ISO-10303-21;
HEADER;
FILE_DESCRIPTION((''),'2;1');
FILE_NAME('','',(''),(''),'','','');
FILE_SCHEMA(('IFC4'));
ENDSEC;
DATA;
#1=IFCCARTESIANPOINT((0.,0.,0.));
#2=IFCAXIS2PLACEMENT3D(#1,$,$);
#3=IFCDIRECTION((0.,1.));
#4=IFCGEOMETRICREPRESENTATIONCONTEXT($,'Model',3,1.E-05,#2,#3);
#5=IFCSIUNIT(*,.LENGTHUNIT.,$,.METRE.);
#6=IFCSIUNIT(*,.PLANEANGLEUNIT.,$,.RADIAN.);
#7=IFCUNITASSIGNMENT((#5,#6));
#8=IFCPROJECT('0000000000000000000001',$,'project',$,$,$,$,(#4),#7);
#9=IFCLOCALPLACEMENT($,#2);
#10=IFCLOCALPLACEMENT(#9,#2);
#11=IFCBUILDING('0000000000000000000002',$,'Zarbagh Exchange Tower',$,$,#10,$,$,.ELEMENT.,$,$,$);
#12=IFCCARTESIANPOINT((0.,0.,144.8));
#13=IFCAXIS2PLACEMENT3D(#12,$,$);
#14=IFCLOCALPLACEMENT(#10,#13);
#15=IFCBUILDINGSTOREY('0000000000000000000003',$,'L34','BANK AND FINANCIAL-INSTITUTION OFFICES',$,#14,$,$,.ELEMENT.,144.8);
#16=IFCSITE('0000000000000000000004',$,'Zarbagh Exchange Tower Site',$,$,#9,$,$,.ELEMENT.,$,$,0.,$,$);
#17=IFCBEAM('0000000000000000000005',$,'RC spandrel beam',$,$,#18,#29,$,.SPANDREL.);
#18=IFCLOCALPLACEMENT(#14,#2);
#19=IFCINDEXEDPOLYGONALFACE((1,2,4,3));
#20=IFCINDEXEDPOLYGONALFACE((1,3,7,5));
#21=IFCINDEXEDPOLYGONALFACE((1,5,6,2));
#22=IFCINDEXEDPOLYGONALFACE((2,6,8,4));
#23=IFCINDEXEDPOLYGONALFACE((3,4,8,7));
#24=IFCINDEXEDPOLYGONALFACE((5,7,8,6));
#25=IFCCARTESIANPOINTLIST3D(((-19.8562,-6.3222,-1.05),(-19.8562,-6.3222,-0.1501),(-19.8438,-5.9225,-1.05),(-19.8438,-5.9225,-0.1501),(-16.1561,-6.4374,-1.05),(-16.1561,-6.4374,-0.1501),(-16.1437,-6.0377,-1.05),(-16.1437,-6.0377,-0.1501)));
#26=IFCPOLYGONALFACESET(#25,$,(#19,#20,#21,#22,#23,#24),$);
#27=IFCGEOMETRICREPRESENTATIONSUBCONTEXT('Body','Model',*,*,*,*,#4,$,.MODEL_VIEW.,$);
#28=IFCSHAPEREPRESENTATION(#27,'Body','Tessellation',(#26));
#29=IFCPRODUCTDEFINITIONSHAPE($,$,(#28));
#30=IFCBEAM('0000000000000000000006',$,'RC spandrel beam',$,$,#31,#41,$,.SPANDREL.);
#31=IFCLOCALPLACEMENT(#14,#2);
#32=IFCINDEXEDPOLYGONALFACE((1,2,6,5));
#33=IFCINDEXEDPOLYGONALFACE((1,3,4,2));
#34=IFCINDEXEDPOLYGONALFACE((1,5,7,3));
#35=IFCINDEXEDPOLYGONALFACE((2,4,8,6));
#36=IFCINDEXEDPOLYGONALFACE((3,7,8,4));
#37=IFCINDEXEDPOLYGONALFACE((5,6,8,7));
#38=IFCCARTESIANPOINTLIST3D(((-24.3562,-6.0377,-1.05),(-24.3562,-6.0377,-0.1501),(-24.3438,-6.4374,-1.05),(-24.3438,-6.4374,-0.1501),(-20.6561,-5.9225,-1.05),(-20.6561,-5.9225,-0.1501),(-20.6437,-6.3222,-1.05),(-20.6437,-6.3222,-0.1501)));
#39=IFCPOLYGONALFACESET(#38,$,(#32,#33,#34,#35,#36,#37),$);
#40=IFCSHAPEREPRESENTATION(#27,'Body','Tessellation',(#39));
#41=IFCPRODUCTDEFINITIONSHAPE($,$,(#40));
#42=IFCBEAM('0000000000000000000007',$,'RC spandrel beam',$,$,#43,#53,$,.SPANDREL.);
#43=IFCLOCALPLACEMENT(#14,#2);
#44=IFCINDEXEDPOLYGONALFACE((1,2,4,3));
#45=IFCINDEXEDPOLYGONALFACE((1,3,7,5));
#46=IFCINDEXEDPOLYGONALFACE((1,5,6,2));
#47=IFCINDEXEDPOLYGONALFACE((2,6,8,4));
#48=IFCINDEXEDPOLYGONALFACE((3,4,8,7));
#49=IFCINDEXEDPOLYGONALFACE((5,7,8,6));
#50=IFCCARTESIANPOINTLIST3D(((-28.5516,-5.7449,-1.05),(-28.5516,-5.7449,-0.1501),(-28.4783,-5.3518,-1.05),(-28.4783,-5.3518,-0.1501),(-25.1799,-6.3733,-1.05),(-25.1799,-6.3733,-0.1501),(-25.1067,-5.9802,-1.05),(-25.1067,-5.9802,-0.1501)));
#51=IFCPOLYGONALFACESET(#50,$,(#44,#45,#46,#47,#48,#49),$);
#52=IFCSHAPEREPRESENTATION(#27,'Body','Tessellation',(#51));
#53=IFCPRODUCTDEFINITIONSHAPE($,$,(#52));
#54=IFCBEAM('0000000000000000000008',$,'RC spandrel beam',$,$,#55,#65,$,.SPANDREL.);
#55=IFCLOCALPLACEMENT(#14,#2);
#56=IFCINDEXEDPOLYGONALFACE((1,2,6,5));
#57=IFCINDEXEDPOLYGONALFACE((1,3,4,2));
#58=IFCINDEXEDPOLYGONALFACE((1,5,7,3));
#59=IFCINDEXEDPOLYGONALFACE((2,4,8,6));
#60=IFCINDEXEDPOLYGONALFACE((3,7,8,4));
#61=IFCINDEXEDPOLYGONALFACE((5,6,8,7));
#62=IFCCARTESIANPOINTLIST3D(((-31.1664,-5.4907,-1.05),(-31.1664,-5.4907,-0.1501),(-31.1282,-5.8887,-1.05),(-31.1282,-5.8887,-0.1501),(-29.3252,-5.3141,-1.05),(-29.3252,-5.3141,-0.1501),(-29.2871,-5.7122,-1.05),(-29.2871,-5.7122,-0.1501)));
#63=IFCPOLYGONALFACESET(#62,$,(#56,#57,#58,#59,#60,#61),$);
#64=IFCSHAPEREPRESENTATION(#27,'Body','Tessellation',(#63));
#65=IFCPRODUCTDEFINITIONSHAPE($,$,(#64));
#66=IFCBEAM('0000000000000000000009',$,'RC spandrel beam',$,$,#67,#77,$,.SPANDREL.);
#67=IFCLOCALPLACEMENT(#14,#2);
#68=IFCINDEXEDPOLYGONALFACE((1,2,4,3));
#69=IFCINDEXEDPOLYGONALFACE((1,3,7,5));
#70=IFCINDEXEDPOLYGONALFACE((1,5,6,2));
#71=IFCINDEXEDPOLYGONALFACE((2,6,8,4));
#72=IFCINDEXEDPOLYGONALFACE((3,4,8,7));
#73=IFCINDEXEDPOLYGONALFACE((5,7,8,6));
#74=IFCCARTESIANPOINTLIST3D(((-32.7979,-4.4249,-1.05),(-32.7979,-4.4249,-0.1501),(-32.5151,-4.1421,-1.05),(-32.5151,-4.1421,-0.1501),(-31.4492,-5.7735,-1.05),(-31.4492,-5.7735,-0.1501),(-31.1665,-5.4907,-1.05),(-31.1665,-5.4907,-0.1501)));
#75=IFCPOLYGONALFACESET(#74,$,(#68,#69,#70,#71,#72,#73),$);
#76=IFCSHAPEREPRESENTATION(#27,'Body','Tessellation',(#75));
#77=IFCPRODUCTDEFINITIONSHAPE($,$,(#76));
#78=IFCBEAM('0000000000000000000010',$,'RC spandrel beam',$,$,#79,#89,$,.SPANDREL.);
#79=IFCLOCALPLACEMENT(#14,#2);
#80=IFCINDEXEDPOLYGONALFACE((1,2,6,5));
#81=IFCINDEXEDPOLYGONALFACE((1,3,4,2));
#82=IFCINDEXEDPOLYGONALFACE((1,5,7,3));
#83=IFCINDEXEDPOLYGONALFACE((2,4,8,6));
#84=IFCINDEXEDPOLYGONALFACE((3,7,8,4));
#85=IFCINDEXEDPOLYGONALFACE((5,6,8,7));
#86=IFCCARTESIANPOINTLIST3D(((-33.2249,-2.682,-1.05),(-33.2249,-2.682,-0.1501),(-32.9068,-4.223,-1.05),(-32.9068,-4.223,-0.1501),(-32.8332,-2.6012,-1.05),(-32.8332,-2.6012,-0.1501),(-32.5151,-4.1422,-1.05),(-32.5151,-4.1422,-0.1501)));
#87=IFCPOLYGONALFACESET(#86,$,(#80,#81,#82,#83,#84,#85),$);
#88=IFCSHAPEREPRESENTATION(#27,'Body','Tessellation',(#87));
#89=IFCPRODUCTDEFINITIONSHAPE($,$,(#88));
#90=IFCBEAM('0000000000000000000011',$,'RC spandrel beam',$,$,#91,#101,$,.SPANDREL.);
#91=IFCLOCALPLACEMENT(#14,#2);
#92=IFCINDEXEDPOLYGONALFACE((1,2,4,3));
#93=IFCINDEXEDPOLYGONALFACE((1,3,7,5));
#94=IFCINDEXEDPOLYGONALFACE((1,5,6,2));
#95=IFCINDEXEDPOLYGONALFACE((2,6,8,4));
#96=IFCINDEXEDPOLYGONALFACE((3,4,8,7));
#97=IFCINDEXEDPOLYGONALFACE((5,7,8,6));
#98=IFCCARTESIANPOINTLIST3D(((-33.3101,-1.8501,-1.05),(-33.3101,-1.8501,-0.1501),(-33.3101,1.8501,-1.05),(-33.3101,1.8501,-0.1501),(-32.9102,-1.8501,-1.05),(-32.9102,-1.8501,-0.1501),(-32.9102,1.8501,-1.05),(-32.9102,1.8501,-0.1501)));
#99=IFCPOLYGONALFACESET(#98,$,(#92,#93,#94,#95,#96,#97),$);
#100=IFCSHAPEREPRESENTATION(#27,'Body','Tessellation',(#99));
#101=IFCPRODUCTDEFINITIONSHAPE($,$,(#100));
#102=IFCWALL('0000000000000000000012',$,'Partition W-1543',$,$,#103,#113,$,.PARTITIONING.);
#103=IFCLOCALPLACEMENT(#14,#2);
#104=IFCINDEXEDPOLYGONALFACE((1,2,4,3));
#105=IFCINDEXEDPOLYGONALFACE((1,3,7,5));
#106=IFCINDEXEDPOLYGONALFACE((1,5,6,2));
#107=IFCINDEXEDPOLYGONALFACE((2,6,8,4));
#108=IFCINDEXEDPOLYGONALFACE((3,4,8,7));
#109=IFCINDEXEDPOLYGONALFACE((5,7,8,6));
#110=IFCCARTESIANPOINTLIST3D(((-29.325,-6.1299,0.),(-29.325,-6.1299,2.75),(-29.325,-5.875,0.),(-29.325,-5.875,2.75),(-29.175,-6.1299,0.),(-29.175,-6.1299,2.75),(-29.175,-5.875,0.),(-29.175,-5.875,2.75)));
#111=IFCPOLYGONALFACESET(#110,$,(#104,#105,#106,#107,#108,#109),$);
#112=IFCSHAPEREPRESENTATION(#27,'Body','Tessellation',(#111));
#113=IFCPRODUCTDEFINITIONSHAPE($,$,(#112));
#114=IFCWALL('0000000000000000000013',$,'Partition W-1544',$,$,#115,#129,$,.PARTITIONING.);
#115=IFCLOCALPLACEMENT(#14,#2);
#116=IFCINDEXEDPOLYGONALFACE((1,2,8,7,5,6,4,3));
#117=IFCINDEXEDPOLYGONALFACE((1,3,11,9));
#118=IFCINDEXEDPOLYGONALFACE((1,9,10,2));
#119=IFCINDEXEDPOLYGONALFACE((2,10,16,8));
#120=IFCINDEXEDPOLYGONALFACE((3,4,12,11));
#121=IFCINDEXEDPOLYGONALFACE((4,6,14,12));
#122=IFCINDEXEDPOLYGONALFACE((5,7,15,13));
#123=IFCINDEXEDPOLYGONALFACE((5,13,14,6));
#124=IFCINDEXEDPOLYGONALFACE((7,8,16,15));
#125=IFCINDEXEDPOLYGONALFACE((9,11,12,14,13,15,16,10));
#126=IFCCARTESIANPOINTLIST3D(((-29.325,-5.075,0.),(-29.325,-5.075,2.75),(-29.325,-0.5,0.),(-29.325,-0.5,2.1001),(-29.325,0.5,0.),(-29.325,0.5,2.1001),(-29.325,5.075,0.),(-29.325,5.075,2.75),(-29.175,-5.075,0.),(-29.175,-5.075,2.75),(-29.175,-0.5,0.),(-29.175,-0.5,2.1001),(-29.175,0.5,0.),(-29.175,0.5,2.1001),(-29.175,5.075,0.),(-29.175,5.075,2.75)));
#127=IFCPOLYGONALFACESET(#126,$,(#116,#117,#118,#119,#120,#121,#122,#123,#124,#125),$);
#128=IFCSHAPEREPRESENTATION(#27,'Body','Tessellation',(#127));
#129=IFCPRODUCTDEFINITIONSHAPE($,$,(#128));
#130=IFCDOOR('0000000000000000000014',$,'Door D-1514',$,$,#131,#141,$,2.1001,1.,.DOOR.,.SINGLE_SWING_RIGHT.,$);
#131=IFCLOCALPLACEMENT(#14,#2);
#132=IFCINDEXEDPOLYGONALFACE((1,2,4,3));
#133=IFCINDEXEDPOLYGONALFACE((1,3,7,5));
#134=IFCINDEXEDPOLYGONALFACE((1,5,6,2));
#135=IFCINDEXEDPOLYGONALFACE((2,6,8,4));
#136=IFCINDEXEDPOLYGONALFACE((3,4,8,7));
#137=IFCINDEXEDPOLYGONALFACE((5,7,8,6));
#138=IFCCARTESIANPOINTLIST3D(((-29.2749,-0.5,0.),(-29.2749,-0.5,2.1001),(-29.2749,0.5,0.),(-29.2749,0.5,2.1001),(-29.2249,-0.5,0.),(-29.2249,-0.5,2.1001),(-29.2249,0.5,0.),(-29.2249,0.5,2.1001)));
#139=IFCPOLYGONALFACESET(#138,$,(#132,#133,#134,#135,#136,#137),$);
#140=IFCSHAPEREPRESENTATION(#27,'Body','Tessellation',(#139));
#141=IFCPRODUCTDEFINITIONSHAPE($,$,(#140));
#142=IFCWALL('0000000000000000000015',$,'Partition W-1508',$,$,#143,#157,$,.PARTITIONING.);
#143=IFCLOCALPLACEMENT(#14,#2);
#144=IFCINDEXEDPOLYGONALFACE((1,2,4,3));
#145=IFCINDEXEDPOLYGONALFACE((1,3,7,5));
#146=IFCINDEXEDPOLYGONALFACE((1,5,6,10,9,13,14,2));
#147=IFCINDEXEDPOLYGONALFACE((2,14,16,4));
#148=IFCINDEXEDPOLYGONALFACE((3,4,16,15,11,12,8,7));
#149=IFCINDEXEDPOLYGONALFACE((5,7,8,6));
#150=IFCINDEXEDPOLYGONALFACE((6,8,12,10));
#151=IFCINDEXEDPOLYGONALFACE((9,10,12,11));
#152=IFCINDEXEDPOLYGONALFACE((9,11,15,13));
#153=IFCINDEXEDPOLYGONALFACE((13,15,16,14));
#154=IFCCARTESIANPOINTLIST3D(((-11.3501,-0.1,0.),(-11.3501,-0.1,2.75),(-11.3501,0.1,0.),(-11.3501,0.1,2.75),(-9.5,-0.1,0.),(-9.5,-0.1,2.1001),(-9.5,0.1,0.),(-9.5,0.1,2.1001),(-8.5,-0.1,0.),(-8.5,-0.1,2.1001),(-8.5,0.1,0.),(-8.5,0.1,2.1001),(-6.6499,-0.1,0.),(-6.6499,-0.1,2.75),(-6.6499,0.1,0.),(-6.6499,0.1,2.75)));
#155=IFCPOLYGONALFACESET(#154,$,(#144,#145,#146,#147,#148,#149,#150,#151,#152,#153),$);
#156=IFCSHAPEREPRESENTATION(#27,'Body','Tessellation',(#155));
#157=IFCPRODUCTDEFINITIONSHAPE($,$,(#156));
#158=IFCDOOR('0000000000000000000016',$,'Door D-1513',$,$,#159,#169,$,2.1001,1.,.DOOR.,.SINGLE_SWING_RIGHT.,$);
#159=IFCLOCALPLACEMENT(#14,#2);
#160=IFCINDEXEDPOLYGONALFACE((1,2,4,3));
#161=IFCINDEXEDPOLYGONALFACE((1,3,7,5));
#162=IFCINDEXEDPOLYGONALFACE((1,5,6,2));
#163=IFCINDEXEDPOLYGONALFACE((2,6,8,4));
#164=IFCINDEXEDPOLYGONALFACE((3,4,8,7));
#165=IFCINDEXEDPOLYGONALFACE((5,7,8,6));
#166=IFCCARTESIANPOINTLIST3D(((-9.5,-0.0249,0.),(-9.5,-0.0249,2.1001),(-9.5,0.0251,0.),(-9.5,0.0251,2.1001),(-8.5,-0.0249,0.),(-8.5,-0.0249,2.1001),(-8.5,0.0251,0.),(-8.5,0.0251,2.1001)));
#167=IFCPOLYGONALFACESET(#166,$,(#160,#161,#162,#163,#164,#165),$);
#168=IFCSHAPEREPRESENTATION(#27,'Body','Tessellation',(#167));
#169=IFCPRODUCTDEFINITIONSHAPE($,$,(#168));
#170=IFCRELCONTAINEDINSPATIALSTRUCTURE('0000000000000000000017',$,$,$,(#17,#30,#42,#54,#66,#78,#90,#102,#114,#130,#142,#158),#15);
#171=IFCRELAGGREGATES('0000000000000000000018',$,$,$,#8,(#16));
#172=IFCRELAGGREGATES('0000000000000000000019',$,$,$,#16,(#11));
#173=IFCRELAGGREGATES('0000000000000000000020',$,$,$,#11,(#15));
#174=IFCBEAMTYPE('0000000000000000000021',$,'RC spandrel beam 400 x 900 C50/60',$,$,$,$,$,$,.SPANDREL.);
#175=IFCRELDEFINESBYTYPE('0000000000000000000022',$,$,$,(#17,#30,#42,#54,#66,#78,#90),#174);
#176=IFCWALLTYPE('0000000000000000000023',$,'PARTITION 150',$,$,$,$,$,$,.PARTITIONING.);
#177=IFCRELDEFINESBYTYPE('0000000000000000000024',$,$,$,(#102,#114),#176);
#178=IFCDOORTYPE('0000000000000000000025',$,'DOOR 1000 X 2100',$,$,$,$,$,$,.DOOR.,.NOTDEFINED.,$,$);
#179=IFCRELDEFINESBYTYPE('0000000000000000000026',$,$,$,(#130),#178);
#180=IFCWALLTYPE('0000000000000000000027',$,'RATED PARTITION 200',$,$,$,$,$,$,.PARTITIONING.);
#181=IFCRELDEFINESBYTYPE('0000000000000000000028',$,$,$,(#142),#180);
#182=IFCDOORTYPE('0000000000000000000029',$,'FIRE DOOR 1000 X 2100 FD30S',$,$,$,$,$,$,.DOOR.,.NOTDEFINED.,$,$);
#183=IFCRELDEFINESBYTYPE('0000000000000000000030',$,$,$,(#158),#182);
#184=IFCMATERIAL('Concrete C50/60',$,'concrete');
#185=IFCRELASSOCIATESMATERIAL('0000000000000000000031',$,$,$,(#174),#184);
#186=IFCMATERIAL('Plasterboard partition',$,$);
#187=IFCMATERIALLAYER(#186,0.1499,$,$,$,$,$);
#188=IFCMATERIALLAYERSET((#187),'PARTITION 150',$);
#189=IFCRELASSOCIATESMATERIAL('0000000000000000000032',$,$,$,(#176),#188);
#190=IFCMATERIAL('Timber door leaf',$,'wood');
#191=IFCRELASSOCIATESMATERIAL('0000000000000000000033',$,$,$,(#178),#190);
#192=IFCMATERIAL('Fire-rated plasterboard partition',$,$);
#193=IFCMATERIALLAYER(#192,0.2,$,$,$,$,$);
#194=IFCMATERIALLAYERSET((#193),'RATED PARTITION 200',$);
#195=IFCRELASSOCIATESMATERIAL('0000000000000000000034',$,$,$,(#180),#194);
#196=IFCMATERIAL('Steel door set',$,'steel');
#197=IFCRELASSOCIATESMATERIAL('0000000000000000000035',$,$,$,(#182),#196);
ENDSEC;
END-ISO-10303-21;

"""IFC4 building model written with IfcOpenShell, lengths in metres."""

from ifc_helpers import new_model, si_unit, direction, frame, frame_2d, origin, origin_2d, place, context, subcontext, project, spatial, rectangle, extrude, material, layer, layer_set, material_profile, profile_set, type_object, element, fill, save


model = new_model("IFC4")

# Units and contexts
model_context = context("Model", 3, precision=1e-05, world=origin(), true_north=direction((0.0, 1.0)))
body_context = subcontext(model_context, "Body", "Model", "MODEL_VIEW")
ifc_project = project(units=[si_unit("LENGTHUNIT", "METRE"), si_unit("PLANEANGLEUNIT", "RADIAN")], contexts=[model_context])

# Site, building, storey
site_placement = place(None, origin())
site = spatial("IfcSite", under=ifc_project, at=site_placement, Name="Zarbagh Exchange Tower Site", CompositionType="ELEMENT", RefElevation=0.0)
building_placement = place(site_placement, origin())
building = spatial("IfcBuilding", under=site, at=building_placement, Name="Zarbagh Exchange Tower", CompositionType="ELEMENT")
storey_placement = place(building_placement, frame((0.0, 0.0, 144.8)))
storey = spatial("IfcBuildingStorey", under=building, at=storey_placement, Name="L34", Description="BANK AND FINANCIAL-INSTITUTION OFFICES", CompositionType="ELEMENT", Elevation=144.8)

# Shared definitions
ifc_material_1 = material(Name="Concrete C50/60", Category="concrete")

# Beams
ifc_material_profile_1 = material_profile(ifc_material_1, rectangle(XDim=0.3999, YDim=0.8999, at=origin_2d()), Name="RC spandrel beam 400 x 900 C50/60")
ifc_profile_set_1 = profile_set([ifc_material_profile_1], Name="Concrete C50/60")
beam_type_1 = type_object("IfcBeamType", Name="RC spandrel beam 400 x 900 C50/60", PredefinedType="SPANDREL", material=ifc_profile_set_1)
for number, where, z_axis, x_axis, name in (
    (1, (-16.1499, -6.2375, -0.6001), (-0.999515, 0.031128, 0.0), (-0.031128, -0.999515, 0.0), "RC spandrel beam"),
    (2, (-20.6499, -6.1223, -0.6001), (-0.999515, -0.031128, 0.0), (0.031128, -0.999515, 0.0), "RC spandrel beam"),
):
    element("IfcBeam", number, at=place(storey_placement, frame(where, z_axis=z_axis, x_axis=x_axis)), inside=storey, type_object=beam_type_1, Name=name, PredefinedType="SPANDREL", context=body_context, shape_type="SweptSolid", body=[
        extrude(rectangle(XDim=0.3999, YDim=0.8999, at=origin_2d()), origin(), (0.0, 0.0, 1.0), 3.7019),
    ])
beam_1_placement = place(storey_placement, frame((-25.1433, -6.1768, -0.6001), z_axis=(-0.98307, 0.183231, 0.0), x_axis=(-0.183231, -0.98307, 0.0)))
element("IfcBeam", 3, at=beam_1_placement, inside=storey, type_object=beam_type_1, Name="RC spandrel beam", PredefinedType="SPANDREL", context=body_context, shape_type="SweptSolid", body=[
    extrude(rectangle(XDim=0.3999, YDim=0.8999, at=origin_2d()), origin(), (0.0, 0.0, 1.0), 3.4297),
])
beam_2_placement = place(storey_placement, frame((-29.3062, -5.5132, -0.6001), z_axis=(-0.995435, -0.095438, 0.0), x_axis=(0.095438, -0.995435, 0.0)))
element("IfcBeam", 4, at=beam_2_placement, inside=storey, type_object=beam_type_1, Name="RC spandrel beam", PredefinedType="SPANDREL", context=body_context, shape_type="SweptSolid", body=[
    extrude(rectangle(XDim=0.3999, YDim=0.8999, at=origin_2d()), origin(), (0.0, 0.0, 1.0), 1.8496),
])
beam_3_placement = place(storey_placement, frame((-31.3079, -5.6321, -0.6001), z_axis=(-0.707107, 0.707107, 0.0), x_axis=(-0.707107, -0.707107, 0.0)))
element("IfcBeam", 5, at=beam_3_placement, inside=storey, type_object=beam_type_1, Name="RC spandrel beam", PredefinedType="SPANDREL", context=body_context, shape_type="SweptSolid", body=[
    extrude(rectangle(XDim=0.3999, YDim=0.8999, at=origin_2d()), origin(), (0.0, 0.0, 1.0), 1.9072),
])
beam_4_placement = place(storey_placement, frame((-32.7109, -4.1826, -0.6001), z_axis=(-0.202169, 0.979351, 0.0), x_axis=(-0.979351, -0.202169, 0.0)))
element("IfcBeam", 6, at=beam_4_placement, inside=storey, type_object=beam_type_1, Name="RC spandrel beam", PredefinedType="SPANDREL", context=body_context, shape_type="SweptSolid", body=[
    extrude(rectangle(XDim=0.3999, YDim=0.8999, at=origin_2d()), origin(), (0.0, 0.0, 1.0), 1.5735),
])
beam_5_placement = place(storey_placement, frame((-33.1101, -1.8501, -0.6001), z_axis=(0.0, 1.0, 0.0), x_axis=(-1.0, 0.0, 0.0)))
element("IfcBeam", 7, at=beam_5_placement, inside=storey, type_object=beam_type_1, Name="RC spandrel beam", PredefinedType="SPANDREL", context=body_context, shape_type="SweptSolid", body=[
    extrude(rectangle(XDim=0.3999, YDim=0.8999, at=origin_2d()), origin(), (0.0, 0.0, 1.0), 3.7002),
])

# Wall
ifc_material_2 = material(Name="Plasterboard partition")
ifc_layer_1 = layer(ifc_material_2, 0.1499)
ifc_layer_set_1 = layer_set([ifc_layer_1], Name="PARTITION 150")
wall_type_1 = type_object("IfcWallType", Name="PARTITION 150", PredefinedType="PARTITIONING", material=ifc_layer_set_1)
wall_1_placement = place(storey_placement, frame((-29.25, -6.1299, 0.0), z_axis=(0.0, 0.0, 1.0), x_axis=(0.0, 1.0, 0.0)))
element("IfcWall", 8, at=wall_1_placement, inside=storey, type_object=wall_type_1, Name="Partition W-1543", PredefinedType="PARTITIONING", context=body_context, shape_type="SweptSolid", body=[
    extrude(rectangle(XDim=0.2549, YDim=0.1499, at=frame_2d((0.1274, 0.0))), origin(), (0.0, 0.0, 1.0), 2.75),
])

# Walls, openings, doors
wall_2_placement = place(storey_placement, frame((-29.25, -5.075, 0.0), z_axis=(0.0, 0.0, 1.0), x_axis=(0.0, 1.0, 0.0)))
wall_2 = element("IfcWall", 9, at=wall_2_placement, inside=storey, type_object=wall_type_1, Name="Partition W-1544", PredefinedType="PARTITIONING", context=body_context, shape_type="SweptSolid", body=[
    extrude(rectangle(XDim=10.1499, YDim=0.1499, at=frame_2d((5.075, 0.0))), origin(), (0.0, 0.0, 1.0), 2.75),
])
opening_1_placement = place(wall_2_placement, frame((4.575, 0.0, 0.0)))
opening_1 = element("IfcOpeningElement", 10, at=opening_1_placement, cuts=wall_2, PredefinedType="OPENING", context=body_context, shape_type="SweptSolid", body=[
    extrude(rectangle(XDim=1.0, YDim=2.1001, at=frame_2d((0.5, 1.05))), frame((0.0, 0.085, 0.0), z_axis=(0.0, -1.0, 0.0), x_axis=(1.0, 0.0, 0.0)), (0.0, 0.0, 1.0), 0.1699),
])
ifc_material_3 = material(Name="Timber door leaf", Category="wood")
door_type_1 = type_object("IfcDoorType", Name="DOOR 1000 X 2100", OperationType="NOTDEFINED", PredefinedType="DOOR", material=ifc_material_3)
door_1_placement = place(opening_1_placement, origin())
door_1 = element("IfcDoor", 11, at=door_1_placement, inside=storey, type_object=door_type_1, Name="Door D-1514", OperationType="SINGLE_SWING_RIGHT", OverallHeight=2.1001, OverallWidth=1.0, PredefinedType="DOOR", context=body_context, shape_type="SweptSolid", body=[
    extrude(rectangle(XDim=1.0, YDim=2.1001, at=frame_2d((0.5, 1.05))), frame((0.0, 0.0249, 0.0), z_axis=(0.0, -1.0, 0.0), x_axis=(1.0, 0.0, 0.0)), (0.0, 0.0, 1.0), 0.05),
])
fill(opening_1, door_1)
ifc_material_4 = material(Name="Fire-rated plasterboard partition")
ifc_layer_2 = layer(ifc_material_4, 0.2)
ifc_layer_set_2 = layer_set([ifc_layer_2], Name="RATED PARTITION 200")
wall_type_2 = type_object("IfcWallType", Name="RATED PARTITION 200", PredefinedType="PARTITIONING", material=ifc_layer_set_2)
wall_3_placement = place(storey_placement, frame((-6.6499, 0.0, 0.0), z_axis=(0.0, 0.0, 1.0), x_axis=(-1.0, 0.0, 0.0)))
wall_3 = element("IfcWall", 12, at=wall_3_placement, inside=storey, type_object=wall_type_2, Name="Partition W-1508", PredefinedType="PARTITIONING", context=body_context, shape_type="SweptSolid", body=[
    extrude(rectangle(XDim=4.7002, YDim=0.2, at=frame_2d((2.3501, 0.0))), origin(), (0.0, 0.0, 1.0), 2.75),
])
opening_2_placement = place(wall_3_placement, frame((1.8501, 0.0, 0.0)))
opening_2 = element("IfcOpeningElement", 13, at=opening_2_placement, cuts=wall_3, PredefinedType="OPENING", context=body_context, shape_type="SweptSolid", body=[
    extrude(rectangle(XDim=1.0, YDim=2.1001, at=frame_2d((0.5, 1.05))), frame((0.0, 0.1099, 0.0), z_axis=(0.0, -1.0, 0.0), x_axis=(1.0, 0.0, 0.0)), (0.0, 0.0, 1.0), 0.22),
])
ifc_material_5 = material(Name="Steel door set", Category="steel")
door_type_2 = type_object("IfcDoorType", Name="FIRE DOOR 1000 X 2100 FD30S", OperationType="NOTDEFINED", PredefinedType="DOOR", material=ifc_material_5)
door_2_placement = place(opening_2_placement, origin())
door_2 = element("IfcDoor", 14, at=door_2_placement, inside=storey, type_object=door_type_2, Name="Door D-1513", OperationType="SINGLE_SWING_RIGHT", OverallHeight=2.1001, OverallWidth=1.0, PredefinedType="DOOR", context=body_context, shape_type="SweptSolid", body=[
    extrude(rectangle(XDim=1.0, YDim=2.1001, at=frame_2d((0.5, 1.05))), frame((0.0, 0.0249, 0.0), z_axis=(0.0, -1.0, 0.0), x_axis=(1.0, 0.0, 0.0)), (0.0, 0.0, 1.0), 0.05),
])
fill(opening_2, door_2)

save(model, "model.ifc")
